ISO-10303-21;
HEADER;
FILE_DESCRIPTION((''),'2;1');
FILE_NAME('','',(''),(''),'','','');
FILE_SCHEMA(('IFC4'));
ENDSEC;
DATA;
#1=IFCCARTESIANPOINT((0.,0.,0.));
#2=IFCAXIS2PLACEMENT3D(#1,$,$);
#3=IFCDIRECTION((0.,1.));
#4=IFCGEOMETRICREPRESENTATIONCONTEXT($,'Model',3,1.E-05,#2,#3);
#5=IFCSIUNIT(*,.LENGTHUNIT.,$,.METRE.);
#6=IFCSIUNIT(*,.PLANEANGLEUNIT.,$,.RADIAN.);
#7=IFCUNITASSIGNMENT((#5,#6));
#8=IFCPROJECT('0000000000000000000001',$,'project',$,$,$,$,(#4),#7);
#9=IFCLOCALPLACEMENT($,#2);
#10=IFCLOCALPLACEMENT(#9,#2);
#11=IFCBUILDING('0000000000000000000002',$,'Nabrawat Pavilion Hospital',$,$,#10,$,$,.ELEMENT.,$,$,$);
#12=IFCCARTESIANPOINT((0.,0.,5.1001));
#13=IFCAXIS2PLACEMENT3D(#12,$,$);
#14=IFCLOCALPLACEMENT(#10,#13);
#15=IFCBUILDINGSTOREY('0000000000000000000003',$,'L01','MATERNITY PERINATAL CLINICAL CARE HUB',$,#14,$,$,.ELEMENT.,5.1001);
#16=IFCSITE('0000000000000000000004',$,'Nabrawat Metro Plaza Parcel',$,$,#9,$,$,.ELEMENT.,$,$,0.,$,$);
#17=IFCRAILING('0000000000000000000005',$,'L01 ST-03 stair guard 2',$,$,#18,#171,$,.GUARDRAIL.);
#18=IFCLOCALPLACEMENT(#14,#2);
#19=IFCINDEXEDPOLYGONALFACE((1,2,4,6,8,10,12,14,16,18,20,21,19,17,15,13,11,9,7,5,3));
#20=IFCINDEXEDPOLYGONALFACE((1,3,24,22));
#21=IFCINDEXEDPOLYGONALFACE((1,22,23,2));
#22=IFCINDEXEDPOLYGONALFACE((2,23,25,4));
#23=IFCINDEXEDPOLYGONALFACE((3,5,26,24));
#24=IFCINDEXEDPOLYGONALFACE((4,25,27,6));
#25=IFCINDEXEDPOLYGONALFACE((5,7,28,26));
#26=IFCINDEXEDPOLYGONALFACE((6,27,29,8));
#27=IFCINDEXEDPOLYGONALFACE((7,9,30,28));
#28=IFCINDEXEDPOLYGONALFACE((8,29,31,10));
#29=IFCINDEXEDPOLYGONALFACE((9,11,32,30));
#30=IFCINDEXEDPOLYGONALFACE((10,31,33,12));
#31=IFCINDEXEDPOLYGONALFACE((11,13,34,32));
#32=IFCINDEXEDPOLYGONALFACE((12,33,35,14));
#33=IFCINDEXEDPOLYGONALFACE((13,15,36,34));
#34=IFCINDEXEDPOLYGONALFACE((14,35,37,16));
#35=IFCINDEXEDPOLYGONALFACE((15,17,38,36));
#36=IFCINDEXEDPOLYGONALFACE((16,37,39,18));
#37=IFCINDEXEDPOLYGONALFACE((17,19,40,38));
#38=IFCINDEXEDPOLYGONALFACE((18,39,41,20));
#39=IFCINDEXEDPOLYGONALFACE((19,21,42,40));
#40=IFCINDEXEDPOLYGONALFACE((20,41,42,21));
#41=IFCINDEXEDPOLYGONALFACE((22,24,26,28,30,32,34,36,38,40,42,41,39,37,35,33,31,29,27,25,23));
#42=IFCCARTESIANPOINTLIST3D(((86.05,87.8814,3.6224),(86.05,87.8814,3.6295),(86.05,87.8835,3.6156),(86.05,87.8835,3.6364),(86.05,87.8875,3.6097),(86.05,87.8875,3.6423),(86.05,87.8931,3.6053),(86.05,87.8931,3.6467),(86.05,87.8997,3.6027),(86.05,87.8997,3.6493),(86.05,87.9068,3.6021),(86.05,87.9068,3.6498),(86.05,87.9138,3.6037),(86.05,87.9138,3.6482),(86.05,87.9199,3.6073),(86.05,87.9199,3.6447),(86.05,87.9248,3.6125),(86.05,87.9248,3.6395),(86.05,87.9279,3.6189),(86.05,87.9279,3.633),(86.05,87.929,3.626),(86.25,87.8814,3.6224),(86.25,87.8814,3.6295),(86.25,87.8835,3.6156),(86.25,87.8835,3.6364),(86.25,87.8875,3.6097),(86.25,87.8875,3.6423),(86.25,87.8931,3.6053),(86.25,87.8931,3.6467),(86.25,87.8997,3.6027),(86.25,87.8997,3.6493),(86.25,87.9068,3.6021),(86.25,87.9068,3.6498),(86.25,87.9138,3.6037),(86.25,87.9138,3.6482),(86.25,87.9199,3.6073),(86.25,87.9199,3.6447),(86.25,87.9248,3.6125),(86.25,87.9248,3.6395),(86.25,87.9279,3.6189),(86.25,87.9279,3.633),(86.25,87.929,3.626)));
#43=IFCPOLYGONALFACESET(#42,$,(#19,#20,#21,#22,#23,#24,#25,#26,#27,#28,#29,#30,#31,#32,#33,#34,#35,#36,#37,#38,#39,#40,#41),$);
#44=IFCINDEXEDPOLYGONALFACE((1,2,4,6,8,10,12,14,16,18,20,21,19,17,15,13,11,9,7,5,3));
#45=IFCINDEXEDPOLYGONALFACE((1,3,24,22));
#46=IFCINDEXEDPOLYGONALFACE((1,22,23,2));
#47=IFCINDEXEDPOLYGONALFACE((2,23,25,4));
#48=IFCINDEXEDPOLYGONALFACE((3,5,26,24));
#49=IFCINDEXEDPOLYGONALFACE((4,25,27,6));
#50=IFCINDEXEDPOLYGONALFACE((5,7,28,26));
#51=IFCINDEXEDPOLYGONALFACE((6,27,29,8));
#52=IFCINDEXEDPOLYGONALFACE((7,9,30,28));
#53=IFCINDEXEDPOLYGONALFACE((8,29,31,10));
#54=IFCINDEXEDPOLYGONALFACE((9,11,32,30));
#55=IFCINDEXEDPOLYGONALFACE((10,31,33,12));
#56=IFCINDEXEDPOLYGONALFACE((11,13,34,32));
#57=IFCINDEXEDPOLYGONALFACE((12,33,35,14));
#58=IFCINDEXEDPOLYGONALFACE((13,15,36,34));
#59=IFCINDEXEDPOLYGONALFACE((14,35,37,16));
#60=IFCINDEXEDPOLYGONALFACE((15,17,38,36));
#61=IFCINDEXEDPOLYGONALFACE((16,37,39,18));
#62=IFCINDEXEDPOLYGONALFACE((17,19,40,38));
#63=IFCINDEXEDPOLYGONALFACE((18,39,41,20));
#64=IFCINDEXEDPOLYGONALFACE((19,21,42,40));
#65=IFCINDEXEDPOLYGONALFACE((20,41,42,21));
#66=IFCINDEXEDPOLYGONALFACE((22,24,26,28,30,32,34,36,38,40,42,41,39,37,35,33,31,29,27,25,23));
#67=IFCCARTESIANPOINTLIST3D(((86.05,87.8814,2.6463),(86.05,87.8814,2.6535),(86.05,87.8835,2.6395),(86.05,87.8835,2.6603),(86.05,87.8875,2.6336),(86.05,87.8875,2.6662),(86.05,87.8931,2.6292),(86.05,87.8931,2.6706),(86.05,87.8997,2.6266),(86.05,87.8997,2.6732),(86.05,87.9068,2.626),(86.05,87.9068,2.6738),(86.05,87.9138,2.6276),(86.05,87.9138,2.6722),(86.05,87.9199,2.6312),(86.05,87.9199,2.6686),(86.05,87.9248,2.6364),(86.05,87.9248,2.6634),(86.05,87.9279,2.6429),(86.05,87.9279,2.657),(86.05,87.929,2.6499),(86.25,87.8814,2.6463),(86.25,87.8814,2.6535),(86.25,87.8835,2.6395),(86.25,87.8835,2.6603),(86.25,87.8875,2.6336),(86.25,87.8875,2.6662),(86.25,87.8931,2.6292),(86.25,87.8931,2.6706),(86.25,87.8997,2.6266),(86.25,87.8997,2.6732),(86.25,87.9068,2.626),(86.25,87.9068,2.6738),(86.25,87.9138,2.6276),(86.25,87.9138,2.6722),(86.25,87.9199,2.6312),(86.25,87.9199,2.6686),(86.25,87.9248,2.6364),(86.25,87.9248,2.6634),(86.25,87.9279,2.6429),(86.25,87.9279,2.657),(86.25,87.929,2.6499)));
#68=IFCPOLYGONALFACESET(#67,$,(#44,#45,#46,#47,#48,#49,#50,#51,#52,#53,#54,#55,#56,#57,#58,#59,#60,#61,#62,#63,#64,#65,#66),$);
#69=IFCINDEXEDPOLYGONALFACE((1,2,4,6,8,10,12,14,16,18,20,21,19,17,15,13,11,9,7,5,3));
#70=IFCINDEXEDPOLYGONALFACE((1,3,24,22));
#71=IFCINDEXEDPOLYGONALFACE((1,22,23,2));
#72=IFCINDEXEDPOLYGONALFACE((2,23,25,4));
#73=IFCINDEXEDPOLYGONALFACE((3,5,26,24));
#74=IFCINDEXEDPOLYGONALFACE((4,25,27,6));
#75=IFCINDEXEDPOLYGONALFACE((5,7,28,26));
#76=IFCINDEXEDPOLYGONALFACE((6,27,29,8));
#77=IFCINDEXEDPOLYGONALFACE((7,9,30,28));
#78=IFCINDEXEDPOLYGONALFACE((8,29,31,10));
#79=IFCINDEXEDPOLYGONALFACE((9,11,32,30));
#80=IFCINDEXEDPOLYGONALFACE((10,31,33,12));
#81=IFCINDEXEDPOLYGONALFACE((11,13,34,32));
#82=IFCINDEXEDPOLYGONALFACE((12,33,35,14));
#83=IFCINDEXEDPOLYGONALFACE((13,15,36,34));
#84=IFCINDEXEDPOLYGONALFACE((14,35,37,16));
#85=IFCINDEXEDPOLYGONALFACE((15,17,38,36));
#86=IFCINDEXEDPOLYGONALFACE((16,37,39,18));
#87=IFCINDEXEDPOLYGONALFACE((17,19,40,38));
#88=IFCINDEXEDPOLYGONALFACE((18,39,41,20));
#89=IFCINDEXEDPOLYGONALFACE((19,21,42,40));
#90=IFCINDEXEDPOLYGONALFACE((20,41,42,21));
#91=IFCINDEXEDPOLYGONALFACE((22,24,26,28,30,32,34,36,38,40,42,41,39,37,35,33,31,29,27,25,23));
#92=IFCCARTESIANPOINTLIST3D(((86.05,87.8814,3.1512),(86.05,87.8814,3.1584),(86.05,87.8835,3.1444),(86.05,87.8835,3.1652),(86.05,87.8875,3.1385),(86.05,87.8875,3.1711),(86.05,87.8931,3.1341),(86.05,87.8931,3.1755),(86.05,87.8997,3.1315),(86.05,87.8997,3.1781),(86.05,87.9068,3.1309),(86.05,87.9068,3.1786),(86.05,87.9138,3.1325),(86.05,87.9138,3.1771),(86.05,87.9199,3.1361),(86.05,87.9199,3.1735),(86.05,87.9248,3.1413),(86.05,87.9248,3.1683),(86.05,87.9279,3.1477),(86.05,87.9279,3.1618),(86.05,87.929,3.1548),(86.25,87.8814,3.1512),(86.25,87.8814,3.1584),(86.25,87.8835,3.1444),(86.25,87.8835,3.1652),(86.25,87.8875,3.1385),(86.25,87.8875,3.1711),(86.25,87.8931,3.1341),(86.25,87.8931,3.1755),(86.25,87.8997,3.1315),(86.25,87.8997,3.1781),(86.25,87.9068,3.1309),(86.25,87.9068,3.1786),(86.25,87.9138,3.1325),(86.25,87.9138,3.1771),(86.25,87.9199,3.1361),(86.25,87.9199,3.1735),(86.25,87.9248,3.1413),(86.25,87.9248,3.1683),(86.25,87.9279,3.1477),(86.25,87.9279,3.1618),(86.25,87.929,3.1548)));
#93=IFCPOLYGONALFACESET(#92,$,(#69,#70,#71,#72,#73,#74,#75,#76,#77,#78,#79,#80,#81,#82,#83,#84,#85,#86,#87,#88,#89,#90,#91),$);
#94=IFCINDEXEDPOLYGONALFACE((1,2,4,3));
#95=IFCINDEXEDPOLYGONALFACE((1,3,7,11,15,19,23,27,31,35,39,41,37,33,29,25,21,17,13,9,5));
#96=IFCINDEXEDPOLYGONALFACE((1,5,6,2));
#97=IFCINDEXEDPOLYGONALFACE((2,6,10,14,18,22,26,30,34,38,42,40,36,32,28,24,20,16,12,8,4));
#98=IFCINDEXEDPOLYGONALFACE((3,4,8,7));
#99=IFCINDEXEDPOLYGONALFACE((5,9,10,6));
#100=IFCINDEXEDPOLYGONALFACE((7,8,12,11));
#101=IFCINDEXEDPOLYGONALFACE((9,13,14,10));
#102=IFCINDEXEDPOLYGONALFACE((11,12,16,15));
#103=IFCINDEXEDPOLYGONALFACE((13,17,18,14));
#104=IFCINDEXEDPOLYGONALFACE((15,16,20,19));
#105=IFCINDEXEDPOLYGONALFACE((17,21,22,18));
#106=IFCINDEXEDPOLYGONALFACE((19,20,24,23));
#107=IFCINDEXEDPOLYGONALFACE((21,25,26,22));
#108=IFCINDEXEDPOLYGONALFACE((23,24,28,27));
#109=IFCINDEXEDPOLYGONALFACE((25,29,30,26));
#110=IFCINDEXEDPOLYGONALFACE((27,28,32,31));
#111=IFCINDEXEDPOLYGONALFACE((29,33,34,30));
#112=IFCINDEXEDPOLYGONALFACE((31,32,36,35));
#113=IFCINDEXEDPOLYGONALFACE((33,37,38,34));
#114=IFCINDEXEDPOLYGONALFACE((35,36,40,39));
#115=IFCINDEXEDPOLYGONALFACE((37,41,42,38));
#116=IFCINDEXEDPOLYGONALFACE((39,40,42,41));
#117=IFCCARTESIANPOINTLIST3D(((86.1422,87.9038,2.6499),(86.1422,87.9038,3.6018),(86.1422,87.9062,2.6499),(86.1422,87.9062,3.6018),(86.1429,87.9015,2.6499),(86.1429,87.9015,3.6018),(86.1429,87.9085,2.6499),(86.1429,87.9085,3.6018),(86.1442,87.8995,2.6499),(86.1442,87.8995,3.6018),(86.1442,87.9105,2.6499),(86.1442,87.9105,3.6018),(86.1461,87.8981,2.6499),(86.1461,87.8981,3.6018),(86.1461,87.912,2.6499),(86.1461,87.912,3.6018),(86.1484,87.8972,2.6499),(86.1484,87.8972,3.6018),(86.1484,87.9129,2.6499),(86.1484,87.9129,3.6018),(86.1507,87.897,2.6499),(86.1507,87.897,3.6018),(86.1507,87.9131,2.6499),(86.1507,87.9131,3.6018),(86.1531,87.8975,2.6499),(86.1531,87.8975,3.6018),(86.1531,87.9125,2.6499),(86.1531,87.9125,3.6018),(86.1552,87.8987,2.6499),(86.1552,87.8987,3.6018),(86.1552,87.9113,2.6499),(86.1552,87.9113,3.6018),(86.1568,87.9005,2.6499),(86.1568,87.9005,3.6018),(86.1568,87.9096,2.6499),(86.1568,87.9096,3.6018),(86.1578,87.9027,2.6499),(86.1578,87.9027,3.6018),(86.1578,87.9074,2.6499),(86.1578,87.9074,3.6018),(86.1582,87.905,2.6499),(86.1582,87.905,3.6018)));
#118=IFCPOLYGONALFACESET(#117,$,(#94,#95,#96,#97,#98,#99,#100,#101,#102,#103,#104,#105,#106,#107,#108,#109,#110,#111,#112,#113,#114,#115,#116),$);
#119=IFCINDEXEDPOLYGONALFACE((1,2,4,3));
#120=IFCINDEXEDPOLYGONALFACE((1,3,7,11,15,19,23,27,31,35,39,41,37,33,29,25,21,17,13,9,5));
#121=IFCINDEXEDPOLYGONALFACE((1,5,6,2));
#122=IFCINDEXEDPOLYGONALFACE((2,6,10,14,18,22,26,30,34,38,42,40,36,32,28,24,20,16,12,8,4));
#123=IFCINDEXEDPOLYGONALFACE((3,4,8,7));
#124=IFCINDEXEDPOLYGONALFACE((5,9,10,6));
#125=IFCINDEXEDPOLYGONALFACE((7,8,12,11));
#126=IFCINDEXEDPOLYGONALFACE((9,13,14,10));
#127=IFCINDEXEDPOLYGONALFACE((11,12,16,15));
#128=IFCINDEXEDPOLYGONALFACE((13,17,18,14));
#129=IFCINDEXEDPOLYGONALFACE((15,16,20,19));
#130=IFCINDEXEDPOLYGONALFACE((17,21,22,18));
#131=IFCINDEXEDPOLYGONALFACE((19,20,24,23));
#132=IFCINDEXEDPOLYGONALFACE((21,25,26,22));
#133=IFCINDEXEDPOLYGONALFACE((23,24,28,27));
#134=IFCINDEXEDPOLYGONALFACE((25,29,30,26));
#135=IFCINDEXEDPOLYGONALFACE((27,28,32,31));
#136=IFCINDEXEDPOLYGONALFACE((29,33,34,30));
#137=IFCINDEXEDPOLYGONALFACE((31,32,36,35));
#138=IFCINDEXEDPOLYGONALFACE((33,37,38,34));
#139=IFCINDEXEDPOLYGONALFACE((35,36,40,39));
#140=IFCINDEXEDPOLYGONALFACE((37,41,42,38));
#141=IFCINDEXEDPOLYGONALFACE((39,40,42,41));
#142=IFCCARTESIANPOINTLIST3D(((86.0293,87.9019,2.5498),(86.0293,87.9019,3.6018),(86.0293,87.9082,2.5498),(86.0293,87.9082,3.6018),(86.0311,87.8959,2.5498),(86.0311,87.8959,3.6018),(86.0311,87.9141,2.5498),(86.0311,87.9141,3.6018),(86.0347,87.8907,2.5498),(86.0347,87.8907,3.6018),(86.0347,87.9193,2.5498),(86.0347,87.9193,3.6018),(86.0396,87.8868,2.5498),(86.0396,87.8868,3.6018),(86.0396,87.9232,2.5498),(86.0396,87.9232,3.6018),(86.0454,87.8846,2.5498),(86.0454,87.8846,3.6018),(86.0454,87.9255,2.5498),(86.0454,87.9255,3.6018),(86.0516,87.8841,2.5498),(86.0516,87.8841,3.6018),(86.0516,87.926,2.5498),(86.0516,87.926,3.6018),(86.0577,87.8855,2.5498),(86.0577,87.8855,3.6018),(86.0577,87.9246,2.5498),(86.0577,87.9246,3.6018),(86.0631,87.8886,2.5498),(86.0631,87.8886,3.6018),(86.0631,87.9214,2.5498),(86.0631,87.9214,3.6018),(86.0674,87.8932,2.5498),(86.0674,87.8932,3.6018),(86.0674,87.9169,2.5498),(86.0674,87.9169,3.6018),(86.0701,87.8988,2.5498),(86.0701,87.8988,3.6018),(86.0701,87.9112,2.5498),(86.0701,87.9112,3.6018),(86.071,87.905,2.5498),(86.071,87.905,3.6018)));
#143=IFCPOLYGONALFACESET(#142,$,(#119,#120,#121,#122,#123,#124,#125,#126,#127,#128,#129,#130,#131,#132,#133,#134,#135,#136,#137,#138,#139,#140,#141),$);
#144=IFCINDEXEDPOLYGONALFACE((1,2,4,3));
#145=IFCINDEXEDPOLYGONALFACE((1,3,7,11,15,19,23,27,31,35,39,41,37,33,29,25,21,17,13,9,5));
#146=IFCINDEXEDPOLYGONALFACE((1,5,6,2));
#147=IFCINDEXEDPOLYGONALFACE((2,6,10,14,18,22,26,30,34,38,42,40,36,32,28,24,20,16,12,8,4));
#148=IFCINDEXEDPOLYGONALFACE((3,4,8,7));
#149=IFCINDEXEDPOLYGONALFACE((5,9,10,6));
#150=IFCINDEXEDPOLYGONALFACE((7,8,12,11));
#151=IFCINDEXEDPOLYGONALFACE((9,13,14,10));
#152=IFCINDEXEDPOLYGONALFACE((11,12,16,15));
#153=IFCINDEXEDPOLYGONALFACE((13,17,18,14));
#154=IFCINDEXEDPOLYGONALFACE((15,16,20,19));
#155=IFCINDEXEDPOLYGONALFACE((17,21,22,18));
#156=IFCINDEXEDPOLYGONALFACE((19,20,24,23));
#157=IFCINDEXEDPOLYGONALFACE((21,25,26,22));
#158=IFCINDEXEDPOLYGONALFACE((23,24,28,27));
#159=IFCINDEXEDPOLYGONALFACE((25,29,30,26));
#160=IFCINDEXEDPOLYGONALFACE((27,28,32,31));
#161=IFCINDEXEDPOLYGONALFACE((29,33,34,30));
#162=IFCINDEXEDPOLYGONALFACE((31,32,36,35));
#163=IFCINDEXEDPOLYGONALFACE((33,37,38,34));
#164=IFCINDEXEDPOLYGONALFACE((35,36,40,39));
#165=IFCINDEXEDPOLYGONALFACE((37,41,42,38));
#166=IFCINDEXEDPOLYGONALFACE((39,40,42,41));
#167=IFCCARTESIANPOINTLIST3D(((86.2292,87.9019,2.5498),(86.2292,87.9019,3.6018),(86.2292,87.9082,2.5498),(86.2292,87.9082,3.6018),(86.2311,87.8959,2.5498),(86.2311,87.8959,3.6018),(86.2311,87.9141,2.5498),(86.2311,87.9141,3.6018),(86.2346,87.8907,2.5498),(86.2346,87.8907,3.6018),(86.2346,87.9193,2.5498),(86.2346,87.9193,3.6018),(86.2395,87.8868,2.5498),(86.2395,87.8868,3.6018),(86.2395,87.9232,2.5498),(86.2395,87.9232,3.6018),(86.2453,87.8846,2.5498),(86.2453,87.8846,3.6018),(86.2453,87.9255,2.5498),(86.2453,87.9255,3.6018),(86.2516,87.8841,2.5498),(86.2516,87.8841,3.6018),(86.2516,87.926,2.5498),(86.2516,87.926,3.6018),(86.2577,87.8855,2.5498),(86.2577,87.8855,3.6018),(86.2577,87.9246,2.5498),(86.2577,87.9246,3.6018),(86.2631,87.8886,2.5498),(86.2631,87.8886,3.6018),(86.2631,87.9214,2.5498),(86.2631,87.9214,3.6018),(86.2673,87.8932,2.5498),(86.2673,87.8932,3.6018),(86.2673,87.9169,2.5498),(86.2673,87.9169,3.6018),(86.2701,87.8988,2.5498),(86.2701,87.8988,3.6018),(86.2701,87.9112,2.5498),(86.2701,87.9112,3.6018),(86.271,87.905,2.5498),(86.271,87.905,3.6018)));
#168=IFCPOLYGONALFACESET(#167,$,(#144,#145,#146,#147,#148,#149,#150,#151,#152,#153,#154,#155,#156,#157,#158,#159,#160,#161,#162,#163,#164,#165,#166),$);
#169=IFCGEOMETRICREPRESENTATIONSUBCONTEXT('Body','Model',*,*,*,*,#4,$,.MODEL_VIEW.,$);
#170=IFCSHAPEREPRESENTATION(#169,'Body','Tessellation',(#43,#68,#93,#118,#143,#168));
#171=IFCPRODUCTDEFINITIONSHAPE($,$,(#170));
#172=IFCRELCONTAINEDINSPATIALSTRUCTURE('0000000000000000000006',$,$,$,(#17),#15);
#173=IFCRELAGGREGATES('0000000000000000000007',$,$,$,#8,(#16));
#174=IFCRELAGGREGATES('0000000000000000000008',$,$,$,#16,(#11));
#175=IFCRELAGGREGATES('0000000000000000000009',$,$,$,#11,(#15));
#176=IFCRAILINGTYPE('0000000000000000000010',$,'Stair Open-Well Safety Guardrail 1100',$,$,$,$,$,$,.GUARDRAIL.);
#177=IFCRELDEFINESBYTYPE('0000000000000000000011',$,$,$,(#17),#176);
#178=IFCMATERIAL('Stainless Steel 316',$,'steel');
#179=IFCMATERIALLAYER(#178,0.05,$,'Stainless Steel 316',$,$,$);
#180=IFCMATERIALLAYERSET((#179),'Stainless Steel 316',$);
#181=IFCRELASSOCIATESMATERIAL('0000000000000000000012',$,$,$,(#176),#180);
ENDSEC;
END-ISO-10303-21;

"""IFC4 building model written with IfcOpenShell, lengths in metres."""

from ifc_helpers import new_model, si_unit, direction, frame, origin, origin_2d, place, context, subcontext, project, spatial, circle, extrude, material, layer, layer_set, type_object, element, save


model = new_model("IFC4")

# Units and contexts
model_context = context("Model", 3, precision=1e-05, world=origin(), true_north=direction((0.0, 1.0)))
body_context = subcontext(model_context, "Body", "Model", "MODEL_VIEW")
ifc_project = project(units=[si_unit("LENGTHUNIT", "METRE"), si_unit("PLANEANGLEUNIT", "RADIAN")], contexts=[model_context])

# Site, building, storey
site_placement = place(None, origin())
site = spatial("IfcSite", under=ifc_project, at=site_placement, Name="Nabrawat Metro Plaza Parcel", CompositionType="ELEMENT", RefElevation=0.0)
building_placement = place(site_placement, origin())
building = spatial("IfcBuilding", under=site, at=building_placement, Name="Nabrawat Pavilion Hospital", CompositionType="ELEMENT")
storey_placement = place(building_placement, frame((0.0, 0.0, 5.1001)))
storey = spatial("IfcBuildingStorey", under=building, at=storey_placement, Name="L01", Description="MATERNITY PERINATAL CLINICAL CARE HUB", CompositionType="ELEMENT", Elevation=5.1001)

# Railing
ifc_material_1 = material(Name="Stainless Steel 316", Category="steel")
ifc_layer_1 = layer(ifc_material_1, 0.05, Name="Stainless Steel 316")
ifc_layer_set_1 = layer_set([ifc_layer_1], Name="Stainless Steel 316")
railing_type_1 = type_object("IfcRailingType", Name="Stair Open-Well Safety Guardrail 1100", PredefinedType="GUARDRAIL", material=ifc_layer_set_1)
railing_1_placement = place(storey_placement, frame((86.05, 87.905, 2.5498)))
element("IfcRailing", 1, at=railing_1_placement, inside=storey, type_object=railing_type_1, Name="L01 ST-03 stair guard 2", PredefinedType="GUARDRAIL", context=body_context, shape_type="SweptSolid", body=[
    extrude(circle(Radius=0.0239, at=origin_2d()), frame((0.0, 0.0, 1.0762), z_axis=(1.0, 0.0, 0.0), x_axis=(0.0, 1.0, 0.0)), (0.0, 0.0, 1.0), 0.2),
    extrude(circle(Radius=0.0239, at=origin_2d()), frame((0.0, 0.0, 0.1001), z_axis=(1.0, 0.0, 0.0), x_axis=(0.0, 1.0, 0.0)), (0.0, 0.0, 1.0), 0.2),
    extrude(circle(Radius=0.0239, at=origin_2d()), frame((0.0, 0.0, 0.605), z_axis=(1.0, 0.0, 0.0), x_axis=(0.0, 1.0, 0.0)), (0.0, 0.0, 1.0), 0.2),
    extrude(circle(Radius=0.0081, at=origin_2d()), frame((0.1001, 0.0, 0.1001)), (0.0, 0.0, 1.0), 0.9519),
    extrude(circle(Radius=0.021, at=origin_2d()), origin(), (0.0, 0.0, 1.0), 1.052),
    extrude(circle(Radius=0.021, at=origin_2d()), frame((0.2, 0.0, 0.0)), (0.0, 0.0, 1.0), 1.052),
])

save(model, "model.ifc")
